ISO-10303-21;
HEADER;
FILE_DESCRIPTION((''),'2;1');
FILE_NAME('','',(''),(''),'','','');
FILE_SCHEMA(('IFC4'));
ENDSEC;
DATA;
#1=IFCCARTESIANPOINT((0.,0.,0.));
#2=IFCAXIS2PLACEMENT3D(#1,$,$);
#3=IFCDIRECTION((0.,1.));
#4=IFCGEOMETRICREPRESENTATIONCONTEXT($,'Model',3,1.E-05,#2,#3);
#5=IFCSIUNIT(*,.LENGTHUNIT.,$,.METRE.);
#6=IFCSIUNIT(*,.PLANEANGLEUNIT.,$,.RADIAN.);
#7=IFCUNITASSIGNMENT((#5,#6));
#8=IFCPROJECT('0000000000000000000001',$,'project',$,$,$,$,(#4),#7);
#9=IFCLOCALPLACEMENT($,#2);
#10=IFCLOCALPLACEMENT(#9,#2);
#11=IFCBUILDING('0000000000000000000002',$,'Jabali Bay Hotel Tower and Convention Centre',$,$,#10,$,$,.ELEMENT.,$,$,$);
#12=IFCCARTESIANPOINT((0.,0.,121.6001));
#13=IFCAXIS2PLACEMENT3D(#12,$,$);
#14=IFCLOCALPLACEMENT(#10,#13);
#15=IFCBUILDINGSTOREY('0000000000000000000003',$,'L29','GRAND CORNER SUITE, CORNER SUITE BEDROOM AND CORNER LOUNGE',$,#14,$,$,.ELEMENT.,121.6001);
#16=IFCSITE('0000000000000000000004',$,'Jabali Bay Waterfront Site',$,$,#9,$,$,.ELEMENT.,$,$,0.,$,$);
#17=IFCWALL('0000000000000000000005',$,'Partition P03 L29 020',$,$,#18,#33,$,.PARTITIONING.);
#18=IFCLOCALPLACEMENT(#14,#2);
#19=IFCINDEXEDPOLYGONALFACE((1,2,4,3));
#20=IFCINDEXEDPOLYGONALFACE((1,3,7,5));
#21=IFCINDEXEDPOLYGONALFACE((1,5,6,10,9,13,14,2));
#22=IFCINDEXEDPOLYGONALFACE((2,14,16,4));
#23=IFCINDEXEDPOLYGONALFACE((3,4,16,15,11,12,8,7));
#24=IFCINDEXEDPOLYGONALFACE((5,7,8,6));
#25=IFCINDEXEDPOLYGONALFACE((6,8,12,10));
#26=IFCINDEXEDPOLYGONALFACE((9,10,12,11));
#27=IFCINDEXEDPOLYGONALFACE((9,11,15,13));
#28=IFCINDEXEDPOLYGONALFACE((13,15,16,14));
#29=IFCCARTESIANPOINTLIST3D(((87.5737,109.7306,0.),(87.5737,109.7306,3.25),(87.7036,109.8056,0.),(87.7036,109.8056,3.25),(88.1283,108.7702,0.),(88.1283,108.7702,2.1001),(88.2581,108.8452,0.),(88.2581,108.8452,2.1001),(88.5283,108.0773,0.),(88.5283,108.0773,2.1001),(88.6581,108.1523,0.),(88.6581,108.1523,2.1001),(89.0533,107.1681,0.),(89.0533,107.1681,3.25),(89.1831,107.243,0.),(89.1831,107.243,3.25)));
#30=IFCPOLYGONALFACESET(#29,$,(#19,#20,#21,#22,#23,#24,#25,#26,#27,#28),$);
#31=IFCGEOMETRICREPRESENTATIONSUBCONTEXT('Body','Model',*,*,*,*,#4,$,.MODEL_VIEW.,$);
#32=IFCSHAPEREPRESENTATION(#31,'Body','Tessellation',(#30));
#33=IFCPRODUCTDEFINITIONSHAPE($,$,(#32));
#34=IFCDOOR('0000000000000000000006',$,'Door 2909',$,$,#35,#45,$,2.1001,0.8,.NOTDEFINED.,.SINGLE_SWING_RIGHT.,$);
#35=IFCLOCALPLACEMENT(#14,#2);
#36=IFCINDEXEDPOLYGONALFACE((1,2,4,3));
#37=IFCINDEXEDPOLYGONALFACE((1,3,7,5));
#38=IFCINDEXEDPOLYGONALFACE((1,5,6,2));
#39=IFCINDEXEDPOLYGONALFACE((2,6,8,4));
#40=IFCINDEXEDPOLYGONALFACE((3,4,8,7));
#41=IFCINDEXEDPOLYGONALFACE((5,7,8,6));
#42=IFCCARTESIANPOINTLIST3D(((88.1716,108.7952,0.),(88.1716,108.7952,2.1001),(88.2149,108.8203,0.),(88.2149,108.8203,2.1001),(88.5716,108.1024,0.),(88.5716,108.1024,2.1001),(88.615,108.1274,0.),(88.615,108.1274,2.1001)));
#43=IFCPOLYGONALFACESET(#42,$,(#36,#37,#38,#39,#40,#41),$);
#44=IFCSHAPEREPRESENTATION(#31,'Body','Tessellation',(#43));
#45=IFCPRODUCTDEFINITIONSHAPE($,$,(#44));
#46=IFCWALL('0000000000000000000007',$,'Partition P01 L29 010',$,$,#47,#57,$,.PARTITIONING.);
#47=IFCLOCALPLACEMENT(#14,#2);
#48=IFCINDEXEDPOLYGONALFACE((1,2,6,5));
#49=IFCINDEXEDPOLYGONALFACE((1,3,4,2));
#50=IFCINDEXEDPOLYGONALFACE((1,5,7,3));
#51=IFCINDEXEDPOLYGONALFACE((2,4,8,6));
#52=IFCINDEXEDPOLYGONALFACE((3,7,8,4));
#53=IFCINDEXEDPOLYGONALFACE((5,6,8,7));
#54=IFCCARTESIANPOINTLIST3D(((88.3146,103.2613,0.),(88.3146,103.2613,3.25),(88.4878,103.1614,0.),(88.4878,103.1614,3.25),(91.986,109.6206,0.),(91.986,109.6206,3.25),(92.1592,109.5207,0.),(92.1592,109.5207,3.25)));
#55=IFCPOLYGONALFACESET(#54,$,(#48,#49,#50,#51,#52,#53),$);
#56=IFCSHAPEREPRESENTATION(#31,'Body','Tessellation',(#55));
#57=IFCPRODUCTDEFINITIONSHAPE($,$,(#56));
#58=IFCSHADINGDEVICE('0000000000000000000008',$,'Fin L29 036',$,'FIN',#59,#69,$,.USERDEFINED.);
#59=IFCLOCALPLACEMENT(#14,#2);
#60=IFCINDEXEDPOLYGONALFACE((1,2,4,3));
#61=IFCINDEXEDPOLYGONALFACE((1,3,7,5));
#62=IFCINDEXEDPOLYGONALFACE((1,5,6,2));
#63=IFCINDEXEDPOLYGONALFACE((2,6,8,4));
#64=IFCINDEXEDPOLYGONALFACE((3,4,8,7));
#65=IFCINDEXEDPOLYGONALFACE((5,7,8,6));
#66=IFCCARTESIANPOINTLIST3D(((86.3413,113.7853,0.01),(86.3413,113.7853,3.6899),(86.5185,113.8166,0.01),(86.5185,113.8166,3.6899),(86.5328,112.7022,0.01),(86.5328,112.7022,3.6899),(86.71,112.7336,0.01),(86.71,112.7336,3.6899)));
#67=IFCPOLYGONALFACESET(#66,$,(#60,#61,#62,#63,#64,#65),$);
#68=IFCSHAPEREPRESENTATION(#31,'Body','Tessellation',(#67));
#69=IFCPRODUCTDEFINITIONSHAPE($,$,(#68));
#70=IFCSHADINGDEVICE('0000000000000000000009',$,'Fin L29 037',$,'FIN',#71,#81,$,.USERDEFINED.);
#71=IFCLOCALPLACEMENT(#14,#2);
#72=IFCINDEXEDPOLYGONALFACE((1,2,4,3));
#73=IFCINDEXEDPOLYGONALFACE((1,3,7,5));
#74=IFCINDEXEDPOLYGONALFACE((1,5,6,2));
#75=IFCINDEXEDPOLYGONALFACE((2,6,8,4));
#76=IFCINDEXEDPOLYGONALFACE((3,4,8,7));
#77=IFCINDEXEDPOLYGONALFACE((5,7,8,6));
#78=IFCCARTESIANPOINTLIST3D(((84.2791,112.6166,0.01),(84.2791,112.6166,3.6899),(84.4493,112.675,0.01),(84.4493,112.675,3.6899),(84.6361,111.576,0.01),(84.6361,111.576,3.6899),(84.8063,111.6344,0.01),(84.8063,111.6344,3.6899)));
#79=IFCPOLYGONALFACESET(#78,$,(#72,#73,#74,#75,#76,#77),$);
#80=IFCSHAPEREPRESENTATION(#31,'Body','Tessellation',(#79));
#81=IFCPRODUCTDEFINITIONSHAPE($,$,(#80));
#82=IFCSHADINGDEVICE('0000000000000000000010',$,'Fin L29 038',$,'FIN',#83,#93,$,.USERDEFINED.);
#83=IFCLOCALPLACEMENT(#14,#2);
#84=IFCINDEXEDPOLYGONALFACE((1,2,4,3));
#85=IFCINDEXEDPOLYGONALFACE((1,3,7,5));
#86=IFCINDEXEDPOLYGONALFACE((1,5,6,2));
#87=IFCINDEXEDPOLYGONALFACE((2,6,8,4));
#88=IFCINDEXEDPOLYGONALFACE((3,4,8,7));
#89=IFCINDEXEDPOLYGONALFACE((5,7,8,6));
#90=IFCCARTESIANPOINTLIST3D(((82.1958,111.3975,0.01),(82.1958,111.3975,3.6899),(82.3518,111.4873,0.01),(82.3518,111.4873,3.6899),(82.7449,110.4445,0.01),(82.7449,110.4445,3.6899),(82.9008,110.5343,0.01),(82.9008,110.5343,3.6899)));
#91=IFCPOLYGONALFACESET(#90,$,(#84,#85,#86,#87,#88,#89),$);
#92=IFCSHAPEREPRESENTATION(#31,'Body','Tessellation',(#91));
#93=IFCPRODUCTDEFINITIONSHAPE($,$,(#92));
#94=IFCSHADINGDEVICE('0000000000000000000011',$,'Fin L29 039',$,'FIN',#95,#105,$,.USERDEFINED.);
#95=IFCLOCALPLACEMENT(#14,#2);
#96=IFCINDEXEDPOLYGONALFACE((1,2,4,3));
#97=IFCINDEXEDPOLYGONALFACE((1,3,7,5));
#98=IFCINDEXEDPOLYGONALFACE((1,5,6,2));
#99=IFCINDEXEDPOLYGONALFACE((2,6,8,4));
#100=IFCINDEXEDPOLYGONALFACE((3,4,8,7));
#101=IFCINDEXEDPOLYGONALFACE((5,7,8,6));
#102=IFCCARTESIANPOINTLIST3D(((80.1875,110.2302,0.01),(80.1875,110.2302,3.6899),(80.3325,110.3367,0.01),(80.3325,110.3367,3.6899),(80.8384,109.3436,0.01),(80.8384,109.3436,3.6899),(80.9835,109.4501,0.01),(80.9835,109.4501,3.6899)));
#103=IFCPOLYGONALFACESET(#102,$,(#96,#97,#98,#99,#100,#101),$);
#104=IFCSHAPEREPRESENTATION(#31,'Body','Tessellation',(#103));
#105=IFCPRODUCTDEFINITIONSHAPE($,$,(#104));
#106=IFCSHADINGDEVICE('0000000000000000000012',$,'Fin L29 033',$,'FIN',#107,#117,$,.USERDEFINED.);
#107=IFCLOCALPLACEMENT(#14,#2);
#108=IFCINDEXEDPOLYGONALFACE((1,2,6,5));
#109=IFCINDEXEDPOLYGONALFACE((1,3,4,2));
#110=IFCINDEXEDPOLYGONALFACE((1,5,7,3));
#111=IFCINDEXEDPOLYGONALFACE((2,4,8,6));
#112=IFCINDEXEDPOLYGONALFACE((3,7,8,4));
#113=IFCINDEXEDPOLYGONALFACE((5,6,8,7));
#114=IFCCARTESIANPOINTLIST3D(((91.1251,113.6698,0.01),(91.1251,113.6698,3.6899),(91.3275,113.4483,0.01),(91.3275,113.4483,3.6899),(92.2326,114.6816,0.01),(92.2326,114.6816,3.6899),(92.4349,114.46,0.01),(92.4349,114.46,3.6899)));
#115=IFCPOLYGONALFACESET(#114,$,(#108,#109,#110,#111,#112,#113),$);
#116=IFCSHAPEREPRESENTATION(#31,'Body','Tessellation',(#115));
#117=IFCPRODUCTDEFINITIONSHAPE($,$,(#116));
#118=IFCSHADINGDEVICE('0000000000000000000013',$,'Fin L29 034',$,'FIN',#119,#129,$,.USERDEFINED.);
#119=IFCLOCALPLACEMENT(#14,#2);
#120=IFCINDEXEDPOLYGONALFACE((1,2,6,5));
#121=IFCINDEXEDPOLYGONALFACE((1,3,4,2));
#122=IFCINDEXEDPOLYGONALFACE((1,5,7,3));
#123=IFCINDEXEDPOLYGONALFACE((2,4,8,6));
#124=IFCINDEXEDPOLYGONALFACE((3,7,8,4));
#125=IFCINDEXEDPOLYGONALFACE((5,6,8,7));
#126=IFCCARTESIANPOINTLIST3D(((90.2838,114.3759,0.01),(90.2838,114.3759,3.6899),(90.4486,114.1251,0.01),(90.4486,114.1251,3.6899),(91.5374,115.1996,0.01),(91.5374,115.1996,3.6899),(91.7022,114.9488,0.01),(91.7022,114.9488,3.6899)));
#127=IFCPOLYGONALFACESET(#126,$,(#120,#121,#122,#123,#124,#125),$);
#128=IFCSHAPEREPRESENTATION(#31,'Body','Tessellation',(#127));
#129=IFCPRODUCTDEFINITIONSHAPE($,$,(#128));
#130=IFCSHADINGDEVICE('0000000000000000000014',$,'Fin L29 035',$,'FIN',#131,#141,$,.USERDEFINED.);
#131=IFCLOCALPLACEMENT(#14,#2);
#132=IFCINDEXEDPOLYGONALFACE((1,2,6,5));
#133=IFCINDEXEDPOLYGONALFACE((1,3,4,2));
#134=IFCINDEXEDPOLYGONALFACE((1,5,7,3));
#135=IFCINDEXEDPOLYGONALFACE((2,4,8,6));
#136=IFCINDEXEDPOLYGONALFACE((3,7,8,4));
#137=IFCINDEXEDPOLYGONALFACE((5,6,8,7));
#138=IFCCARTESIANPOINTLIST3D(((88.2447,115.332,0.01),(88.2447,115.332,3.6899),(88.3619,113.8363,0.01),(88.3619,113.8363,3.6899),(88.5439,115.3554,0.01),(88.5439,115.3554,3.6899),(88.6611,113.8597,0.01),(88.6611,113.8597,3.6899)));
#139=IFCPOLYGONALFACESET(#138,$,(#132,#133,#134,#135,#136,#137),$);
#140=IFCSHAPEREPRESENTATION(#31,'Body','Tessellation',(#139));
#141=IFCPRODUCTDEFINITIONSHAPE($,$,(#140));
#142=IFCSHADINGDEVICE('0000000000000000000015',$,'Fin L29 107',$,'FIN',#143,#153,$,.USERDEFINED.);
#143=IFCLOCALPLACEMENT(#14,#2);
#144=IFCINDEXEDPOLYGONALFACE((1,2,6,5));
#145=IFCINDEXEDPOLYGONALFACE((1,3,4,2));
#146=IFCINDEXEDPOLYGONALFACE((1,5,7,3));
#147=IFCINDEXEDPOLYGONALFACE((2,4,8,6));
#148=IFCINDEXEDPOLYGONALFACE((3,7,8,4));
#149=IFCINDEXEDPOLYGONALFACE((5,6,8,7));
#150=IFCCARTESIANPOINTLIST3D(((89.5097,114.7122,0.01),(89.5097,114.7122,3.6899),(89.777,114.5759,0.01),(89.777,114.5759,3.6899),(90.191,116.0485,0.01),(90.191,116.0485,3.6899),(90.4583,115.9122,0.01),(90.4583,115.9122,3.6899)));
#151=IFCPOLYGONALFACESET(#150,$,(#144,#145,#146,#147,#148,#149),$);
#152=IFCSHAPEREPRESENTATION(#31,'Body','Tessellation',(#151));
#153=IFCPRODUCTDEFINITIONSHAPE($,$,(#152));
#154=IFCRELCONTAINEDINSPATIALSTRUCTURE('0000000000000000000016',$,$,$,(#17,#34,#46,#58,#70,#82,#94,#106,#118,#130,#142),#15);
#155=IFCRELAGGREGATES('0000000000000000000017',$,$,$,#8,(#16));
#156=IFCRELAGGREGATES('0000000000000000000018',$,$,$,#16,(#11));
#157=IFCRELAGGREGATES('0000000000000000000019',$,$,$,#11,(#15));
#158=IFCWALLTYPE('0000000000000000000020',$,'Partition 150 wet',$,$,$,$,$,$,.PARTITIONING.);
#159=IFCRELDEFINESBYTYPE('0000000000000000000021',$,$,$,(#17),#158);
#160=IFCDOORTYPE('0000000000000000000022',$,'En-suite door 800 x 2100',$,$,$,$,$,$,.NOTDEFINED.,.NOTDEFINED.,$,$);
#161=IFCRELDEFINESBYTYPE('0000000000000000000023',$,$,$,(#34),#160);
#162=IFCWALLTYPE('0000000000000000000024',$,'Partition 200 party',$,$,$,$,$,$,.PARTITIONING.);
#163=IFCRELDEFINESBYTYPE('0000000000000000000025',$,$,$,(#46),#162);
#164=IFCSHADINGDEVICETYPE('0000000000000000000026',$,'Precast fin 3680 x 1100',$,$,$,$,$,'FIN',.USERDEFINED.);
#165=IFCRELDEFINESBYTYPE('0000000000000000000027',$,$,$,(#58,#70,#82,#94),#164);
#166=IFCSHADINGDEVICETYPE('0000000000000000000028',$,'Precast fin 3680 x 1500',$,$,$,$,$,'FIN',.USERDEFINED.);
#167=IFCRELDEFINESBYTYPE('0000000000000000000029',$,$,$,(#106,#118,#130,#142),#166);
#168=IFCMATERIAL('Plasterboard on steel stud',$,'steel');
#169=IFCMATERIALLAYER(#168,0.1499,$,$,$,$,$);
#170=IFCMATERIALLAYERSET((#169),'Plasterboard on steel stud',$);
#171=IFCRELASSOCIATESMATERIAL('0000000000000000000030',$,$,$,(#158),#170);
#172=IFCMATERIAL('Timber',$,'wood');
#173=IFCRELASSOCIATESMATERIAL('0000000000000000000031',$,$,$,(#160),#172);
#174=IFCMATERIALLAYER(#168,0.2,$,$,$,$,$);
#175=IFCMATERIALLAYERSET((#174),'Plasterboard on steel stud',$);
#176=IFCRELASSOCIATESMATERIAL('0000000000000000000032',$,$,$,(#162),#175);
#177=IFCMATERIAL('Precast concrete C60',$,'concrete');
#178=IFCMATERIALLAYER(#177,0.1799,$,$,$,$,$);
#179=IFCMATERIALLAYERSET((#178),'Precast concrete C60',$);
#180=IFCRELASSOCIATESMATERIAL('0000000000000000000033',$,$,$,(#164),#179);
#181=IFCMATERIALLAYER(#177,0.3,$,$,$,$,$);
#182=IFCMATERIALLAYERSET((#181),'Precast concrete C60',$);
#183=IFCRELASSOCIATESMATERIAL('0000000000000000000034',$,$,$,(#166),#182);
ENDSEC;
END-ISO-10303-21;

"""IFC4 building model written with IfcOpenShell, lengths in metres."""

from ifc_helpers import new_model, si_unit, direction, frame, frame_2d, origin, place, context, subcontext, project, spatial, rectangle, extrude, material, layer, layer_set, type_object, element, fill, save


model = new_model("IFC4")

# Units and contexts
model_context = context("Model", 3, precision=1e-05, world=origin(), true_north=direction((0.0, 1.0)))
body_context = subcontext(model_context, "Body", "Model", "MODEL_VIEW")
ifc_project = project(units=[si_unit("LENGTHUNIT", "METRE"), si_unit("PLANEANGLEUNIT", "RADIAN")], contexts=[model_context])

# Site, building, storey
site_placement = place(None, origin())
site = spatial("IfcSite", under=ifc_project, at=site_placement, Name="Jabali Bay Waterfront Site", CompositionType="ELEMENT", RefElevation=0.0)
building_placement = place(site_placement, origin())
building = spatial("IfcBuilding", under=site, at=building_placement, Name="Jabali Bay Hotel Tower and Convention Centre", CompositionType="ELEMENT")
storey_placement = place(building_placement, frame((0.0, 0.0, 121.6001)))
storey = spatial("IfcBuildingStorey", under=building, at=storey_placement, Name="L29", Description="GRAND CORNER SUITE, CORNER SUITE BEDROOM AND CORNER LOUNGE", CompositionType="ELEMENT", Elevation=121.6001)

# Shared definitions
ifc_material_1 = material(Name="Plasterboard on steel stud", Category="steel")
ifc_layer_1 = layer(ifc_material_1, 0.1499)
ifc_layer_set_1 = layer_set([ifc_layer_1], Name="Plasterboard on steel stud")
wall_type_1 = type_object("IfcWallType", Name="Partition 150 wet", PredefinedType="PARTITIONING", material=ifc_layer_set_1)

# Wall, opening, door
wall_1_placement = place(storey_placement, frame((89.1182, 107.2056, 0.0), z_axis=(0.0, 0.0, 1.0), x_axis=(-0.500008, 0.866021, 0.0)))
wall_1 = element("IfcWall", 1, at=wall_1_placement, inside=storey, type_object=wall_type_1, Name="Partition P03 L29 020", PredefinedType="PARTITIONING", context=body_context, shape_type="SweptSolid", body=[
    extrude(rectangle(XDim=2.959, YDim=0.1499, at=frame_2d((1.4795, 0.0))), origin(), (0.0, 0.0, 1.0), 3.25),
])
opening_1_placement = place(wall_1_placement, frame((1.05, 0.0, 0.0)))
opening_1 = element("IfcOpeningElement", 2, at=opening_1_placement, cuts=wall_1, PredefinedType="OPENING", context=body_context, shape_type="SweptSolid", body=[
    extrude(rectangle(XDim=0.8, YDim=2.1001, at=frame_2d((0.3999, 1.05))), frame((0.0, 0.0854, 0.0), z_axis=(0.0, -1.0, 0.0), x_axis=(1.0, 0.0, 0.0)), (0.0, 0.0, 1.0), 0.1709),
])
ifc_material_2 = material(Name="Timber", Category="wood")
door_type = type_object("IfcDoorType", Name="En-suite door 800 x 2100", OperationType="NOTDEFINED", PredefinedType="NOTDEFINED", material=ifc_material_2)
door_placement = place(opening_1_placement, origin())
door = element("IfcDoor", 3, at=door_placement, inside=storey, type_object=door_type, Name="Door 2909", OperationType="SINGLE_SWING_RIGHT", OverallHeight=2.1001, OverallWidth=0.8, PredefinedType="NOTDEFINED", context=body_context, shape_type="SweptSolid", body=[
    extrude(rectangle(XDim=0.8, YDim=2.1001, at=frame_2d((0.3999, 1.05))), frame((0.0, 0.0249, 0.0), z_axis=(0.0, -1.0, 0.0), x_axis=(1.0, 0.0, 0.0)), (0.0, 0.0, 1.0), 0.05),
])
fill(opening_1, door)

# Wall
ifc_layer_2 = layer(ifc_material_1, 0.2)
ifc_layer_set_2 = layer_set([ifc_layer_2], Name="Plasterboard on steel stud")
wall_type_2 = type_object("IfcWallType", Name="Partition 200 party", PredefinedType="PARTITIONING", material=ifc_layer_set_2)
wall_2_placement = place(storey_placement, frame((92.0725, 109.5706, 0.0), z_axis=(0.0, 0.0, 1.0), x_axis=(-0.49998, -0.866037, 0.0)))
element("IfcWall", 4, at=wall_2_placement, inside=storey, type_object=wall_type_2, Name="Partition P01 L29 010", PredefinedType="PARTITIONING", context=body_context, shape_type="SweptSolid", body=[
    extrude(rectangle(XDim=7.343, YDim=0.2, at=frame_2d((3.6714, 0.0))), origin(), (0.0, 0.0, 1.0), 3.25),
])

# Shading devices
ifc_material_3 = material(Name="Precast concrete C60", Category="concrete")
ifc_layer_3 = layer(ifc_material_3, 0.1799)
ifc_layer_set_3 = layer_set([ifc_layer_3], Name="Precast concrete C60")
shading_device_type_1 = type_object("IfcShadingDeviceType", Name="Precast fin 3680 x 1100", ElementType="FIN", PredefinedType="USERDEFINED", material=ifc_layer_set_3)
shading_device_1_placement = place(storey_placement, frame((86.6213, 112.718, 0.01), z_axis=(0.0, 0.0, 1.0), x_axis=(-0.174039, 0.984739, 0.0)))
element("IfcShadingDevice", 5, at=shading_device_1_placement, inside=storey, type_object=shading_device_type_1, Name="Fin L29 036", ObjectType="FIN", PredefinedType="USERDEFINED", context=body_context, shape_type="SweptSolid", body=[
    extrude(rectangle(XDim=1.0999, YDim=0.1799, at=frame_2d((0.5498, 0.0))), origin(), (0.0, 0.0, 1.0), 3.6799),
])
shading_device_2_placement = place(storey_placement, frame((84.7212, 111.6052, 0.01), z_axis=(0.0, 0.0, 1.0), x_axis=(-0.324472, 0.945895, 0.0)))
element("IfcShadingDevice", 6, at=shading_device_2_placement, inside=storey, type_object=shading_device_type_1, Name="Fin L29 037", ObjectType="FIN", PredefinedType="USERDEFINED", context=body_context, shape_type="SweptSolid", body=[
    extrude(rectangle(XDim=1.1001, YDim=0.1799, at=frame_2d((0.55, 0.0))), origin(), (0.0, 0.0, 1.0), 3.6799),
])
for number, where, z_axis, x_axis, name in (
    (7, (82.8228, 110.4895, 0.01), (0.0, 0.0, 1.0), (-0.499172, 0.866503, 0.0), "Fin L29 038"),
    (8, (80.9109, 109.397, 0.01), (0.0, 0.0, 1.0), (-0.591835, 0.806059, 0.0), "Fin L29 039"),
):
    element("IfcShadingDevice", number, at=place(storey_placement, frame(where, z_axis=z_axis, x_axis=x_axis)), inside=storey, type_object=shading_device_type_1, Name=name, ObjectType="FIN", PredefinedType="USERDEFINED", context=body_context, shape_type="SweptSolid", body=[
        extrude(rectangle(XDim=1.0999, YDim=0.1799, at=frame_2d((0.5498, 0.0))), origin(), (0.0, 0.0, 1.0), 3.6799),
    ])
ifc_layer_4 = layer(ifc_material_3, 0.3)
ifc_layer_set_4 = layer_set([ifc_layer_4], Name="Precast concrete C60")
shading_device_type_2 = type_object("IfcShadingDeviceType", Name="Precast fin 3680 x 1500", ElementType="FIN", PredefinedType="USERDEFINED", material=ifc_layer_set_4)
for number, where, z_axis, x_axis, name in (
    (9, (91.2263, 113.5591, 0.01), (0.0, 0.0, 1.0), (0.738288, 0.674485, 0.0), "Fin L29 033"),
    (10, (90.3662, 114.2505, 0.01), (0.0, 0.0, 1.0), (0.835737, 0.549129, 0.0), "Fin L29 034"),
):
    element("IfcShadingDevice", number, at=place(storey_placement, frame(where, z_axis=z_axis, x_axis=x_axis)), inside=storey, type_object=shading_device_type_2, Name=name, ObjectType="FIN", PredefinedType="USERDEFINED", context=body_context, shape_type="SweptSolid", body=[
        extrude(rectangle(XDim=1.5, YDim=0.3, at=frame_2d((0.75, 0.0))), origin(), (0.0, 0.0, 1.0), 3.6799),
    ])
shading_device_3_placement = place(storey_placement, frame((88.5115, 113.8481, 0.01), z_axis=(0.0, 0.0, 1.0), x_axis=(-0.078115, 0.996944, 0.0)))
element("IfcShadingDevice", 11, at=shading_device_3_placement, inside=storey, type_object=shading_device_type_2, Name="Fin L29 035", ObjectType="FIN", PredefinedType="USERDEFINED", context=body_context, shape_type="SweptSolid", body=[
    extrude(rectangle(XDim=1.5002, YDim=0.3, at=frame_2d((0.75, 0.0))), origin(), (0.0, 0.0, 1.0), 3.6799),
])
shading_device_4_placement = place(storey_placement, frame((89.6433, 114.644, 0.01), z_axis=(0.0, 0.0, 1.0), x_axis=(0.454231, 0.890884, 0.0)))
element("IfcShadingDevice", 12, at=shading_device_4_placement, inside=storey, type_object=shading_device_type_2, Name="Fin L29 107", ObjectType="FIN", PredefinedType="USERDEFINED", context=body_context, shape_type="SweptSolid", body=[
    extrude(rectangle(XDim=1.5, YDim=0.3, at=frame_2d((0.75, 0.0))), origin(), (0.0, 0.0, 1.0), 3.6799),
])

save(model, "model.ifc")
